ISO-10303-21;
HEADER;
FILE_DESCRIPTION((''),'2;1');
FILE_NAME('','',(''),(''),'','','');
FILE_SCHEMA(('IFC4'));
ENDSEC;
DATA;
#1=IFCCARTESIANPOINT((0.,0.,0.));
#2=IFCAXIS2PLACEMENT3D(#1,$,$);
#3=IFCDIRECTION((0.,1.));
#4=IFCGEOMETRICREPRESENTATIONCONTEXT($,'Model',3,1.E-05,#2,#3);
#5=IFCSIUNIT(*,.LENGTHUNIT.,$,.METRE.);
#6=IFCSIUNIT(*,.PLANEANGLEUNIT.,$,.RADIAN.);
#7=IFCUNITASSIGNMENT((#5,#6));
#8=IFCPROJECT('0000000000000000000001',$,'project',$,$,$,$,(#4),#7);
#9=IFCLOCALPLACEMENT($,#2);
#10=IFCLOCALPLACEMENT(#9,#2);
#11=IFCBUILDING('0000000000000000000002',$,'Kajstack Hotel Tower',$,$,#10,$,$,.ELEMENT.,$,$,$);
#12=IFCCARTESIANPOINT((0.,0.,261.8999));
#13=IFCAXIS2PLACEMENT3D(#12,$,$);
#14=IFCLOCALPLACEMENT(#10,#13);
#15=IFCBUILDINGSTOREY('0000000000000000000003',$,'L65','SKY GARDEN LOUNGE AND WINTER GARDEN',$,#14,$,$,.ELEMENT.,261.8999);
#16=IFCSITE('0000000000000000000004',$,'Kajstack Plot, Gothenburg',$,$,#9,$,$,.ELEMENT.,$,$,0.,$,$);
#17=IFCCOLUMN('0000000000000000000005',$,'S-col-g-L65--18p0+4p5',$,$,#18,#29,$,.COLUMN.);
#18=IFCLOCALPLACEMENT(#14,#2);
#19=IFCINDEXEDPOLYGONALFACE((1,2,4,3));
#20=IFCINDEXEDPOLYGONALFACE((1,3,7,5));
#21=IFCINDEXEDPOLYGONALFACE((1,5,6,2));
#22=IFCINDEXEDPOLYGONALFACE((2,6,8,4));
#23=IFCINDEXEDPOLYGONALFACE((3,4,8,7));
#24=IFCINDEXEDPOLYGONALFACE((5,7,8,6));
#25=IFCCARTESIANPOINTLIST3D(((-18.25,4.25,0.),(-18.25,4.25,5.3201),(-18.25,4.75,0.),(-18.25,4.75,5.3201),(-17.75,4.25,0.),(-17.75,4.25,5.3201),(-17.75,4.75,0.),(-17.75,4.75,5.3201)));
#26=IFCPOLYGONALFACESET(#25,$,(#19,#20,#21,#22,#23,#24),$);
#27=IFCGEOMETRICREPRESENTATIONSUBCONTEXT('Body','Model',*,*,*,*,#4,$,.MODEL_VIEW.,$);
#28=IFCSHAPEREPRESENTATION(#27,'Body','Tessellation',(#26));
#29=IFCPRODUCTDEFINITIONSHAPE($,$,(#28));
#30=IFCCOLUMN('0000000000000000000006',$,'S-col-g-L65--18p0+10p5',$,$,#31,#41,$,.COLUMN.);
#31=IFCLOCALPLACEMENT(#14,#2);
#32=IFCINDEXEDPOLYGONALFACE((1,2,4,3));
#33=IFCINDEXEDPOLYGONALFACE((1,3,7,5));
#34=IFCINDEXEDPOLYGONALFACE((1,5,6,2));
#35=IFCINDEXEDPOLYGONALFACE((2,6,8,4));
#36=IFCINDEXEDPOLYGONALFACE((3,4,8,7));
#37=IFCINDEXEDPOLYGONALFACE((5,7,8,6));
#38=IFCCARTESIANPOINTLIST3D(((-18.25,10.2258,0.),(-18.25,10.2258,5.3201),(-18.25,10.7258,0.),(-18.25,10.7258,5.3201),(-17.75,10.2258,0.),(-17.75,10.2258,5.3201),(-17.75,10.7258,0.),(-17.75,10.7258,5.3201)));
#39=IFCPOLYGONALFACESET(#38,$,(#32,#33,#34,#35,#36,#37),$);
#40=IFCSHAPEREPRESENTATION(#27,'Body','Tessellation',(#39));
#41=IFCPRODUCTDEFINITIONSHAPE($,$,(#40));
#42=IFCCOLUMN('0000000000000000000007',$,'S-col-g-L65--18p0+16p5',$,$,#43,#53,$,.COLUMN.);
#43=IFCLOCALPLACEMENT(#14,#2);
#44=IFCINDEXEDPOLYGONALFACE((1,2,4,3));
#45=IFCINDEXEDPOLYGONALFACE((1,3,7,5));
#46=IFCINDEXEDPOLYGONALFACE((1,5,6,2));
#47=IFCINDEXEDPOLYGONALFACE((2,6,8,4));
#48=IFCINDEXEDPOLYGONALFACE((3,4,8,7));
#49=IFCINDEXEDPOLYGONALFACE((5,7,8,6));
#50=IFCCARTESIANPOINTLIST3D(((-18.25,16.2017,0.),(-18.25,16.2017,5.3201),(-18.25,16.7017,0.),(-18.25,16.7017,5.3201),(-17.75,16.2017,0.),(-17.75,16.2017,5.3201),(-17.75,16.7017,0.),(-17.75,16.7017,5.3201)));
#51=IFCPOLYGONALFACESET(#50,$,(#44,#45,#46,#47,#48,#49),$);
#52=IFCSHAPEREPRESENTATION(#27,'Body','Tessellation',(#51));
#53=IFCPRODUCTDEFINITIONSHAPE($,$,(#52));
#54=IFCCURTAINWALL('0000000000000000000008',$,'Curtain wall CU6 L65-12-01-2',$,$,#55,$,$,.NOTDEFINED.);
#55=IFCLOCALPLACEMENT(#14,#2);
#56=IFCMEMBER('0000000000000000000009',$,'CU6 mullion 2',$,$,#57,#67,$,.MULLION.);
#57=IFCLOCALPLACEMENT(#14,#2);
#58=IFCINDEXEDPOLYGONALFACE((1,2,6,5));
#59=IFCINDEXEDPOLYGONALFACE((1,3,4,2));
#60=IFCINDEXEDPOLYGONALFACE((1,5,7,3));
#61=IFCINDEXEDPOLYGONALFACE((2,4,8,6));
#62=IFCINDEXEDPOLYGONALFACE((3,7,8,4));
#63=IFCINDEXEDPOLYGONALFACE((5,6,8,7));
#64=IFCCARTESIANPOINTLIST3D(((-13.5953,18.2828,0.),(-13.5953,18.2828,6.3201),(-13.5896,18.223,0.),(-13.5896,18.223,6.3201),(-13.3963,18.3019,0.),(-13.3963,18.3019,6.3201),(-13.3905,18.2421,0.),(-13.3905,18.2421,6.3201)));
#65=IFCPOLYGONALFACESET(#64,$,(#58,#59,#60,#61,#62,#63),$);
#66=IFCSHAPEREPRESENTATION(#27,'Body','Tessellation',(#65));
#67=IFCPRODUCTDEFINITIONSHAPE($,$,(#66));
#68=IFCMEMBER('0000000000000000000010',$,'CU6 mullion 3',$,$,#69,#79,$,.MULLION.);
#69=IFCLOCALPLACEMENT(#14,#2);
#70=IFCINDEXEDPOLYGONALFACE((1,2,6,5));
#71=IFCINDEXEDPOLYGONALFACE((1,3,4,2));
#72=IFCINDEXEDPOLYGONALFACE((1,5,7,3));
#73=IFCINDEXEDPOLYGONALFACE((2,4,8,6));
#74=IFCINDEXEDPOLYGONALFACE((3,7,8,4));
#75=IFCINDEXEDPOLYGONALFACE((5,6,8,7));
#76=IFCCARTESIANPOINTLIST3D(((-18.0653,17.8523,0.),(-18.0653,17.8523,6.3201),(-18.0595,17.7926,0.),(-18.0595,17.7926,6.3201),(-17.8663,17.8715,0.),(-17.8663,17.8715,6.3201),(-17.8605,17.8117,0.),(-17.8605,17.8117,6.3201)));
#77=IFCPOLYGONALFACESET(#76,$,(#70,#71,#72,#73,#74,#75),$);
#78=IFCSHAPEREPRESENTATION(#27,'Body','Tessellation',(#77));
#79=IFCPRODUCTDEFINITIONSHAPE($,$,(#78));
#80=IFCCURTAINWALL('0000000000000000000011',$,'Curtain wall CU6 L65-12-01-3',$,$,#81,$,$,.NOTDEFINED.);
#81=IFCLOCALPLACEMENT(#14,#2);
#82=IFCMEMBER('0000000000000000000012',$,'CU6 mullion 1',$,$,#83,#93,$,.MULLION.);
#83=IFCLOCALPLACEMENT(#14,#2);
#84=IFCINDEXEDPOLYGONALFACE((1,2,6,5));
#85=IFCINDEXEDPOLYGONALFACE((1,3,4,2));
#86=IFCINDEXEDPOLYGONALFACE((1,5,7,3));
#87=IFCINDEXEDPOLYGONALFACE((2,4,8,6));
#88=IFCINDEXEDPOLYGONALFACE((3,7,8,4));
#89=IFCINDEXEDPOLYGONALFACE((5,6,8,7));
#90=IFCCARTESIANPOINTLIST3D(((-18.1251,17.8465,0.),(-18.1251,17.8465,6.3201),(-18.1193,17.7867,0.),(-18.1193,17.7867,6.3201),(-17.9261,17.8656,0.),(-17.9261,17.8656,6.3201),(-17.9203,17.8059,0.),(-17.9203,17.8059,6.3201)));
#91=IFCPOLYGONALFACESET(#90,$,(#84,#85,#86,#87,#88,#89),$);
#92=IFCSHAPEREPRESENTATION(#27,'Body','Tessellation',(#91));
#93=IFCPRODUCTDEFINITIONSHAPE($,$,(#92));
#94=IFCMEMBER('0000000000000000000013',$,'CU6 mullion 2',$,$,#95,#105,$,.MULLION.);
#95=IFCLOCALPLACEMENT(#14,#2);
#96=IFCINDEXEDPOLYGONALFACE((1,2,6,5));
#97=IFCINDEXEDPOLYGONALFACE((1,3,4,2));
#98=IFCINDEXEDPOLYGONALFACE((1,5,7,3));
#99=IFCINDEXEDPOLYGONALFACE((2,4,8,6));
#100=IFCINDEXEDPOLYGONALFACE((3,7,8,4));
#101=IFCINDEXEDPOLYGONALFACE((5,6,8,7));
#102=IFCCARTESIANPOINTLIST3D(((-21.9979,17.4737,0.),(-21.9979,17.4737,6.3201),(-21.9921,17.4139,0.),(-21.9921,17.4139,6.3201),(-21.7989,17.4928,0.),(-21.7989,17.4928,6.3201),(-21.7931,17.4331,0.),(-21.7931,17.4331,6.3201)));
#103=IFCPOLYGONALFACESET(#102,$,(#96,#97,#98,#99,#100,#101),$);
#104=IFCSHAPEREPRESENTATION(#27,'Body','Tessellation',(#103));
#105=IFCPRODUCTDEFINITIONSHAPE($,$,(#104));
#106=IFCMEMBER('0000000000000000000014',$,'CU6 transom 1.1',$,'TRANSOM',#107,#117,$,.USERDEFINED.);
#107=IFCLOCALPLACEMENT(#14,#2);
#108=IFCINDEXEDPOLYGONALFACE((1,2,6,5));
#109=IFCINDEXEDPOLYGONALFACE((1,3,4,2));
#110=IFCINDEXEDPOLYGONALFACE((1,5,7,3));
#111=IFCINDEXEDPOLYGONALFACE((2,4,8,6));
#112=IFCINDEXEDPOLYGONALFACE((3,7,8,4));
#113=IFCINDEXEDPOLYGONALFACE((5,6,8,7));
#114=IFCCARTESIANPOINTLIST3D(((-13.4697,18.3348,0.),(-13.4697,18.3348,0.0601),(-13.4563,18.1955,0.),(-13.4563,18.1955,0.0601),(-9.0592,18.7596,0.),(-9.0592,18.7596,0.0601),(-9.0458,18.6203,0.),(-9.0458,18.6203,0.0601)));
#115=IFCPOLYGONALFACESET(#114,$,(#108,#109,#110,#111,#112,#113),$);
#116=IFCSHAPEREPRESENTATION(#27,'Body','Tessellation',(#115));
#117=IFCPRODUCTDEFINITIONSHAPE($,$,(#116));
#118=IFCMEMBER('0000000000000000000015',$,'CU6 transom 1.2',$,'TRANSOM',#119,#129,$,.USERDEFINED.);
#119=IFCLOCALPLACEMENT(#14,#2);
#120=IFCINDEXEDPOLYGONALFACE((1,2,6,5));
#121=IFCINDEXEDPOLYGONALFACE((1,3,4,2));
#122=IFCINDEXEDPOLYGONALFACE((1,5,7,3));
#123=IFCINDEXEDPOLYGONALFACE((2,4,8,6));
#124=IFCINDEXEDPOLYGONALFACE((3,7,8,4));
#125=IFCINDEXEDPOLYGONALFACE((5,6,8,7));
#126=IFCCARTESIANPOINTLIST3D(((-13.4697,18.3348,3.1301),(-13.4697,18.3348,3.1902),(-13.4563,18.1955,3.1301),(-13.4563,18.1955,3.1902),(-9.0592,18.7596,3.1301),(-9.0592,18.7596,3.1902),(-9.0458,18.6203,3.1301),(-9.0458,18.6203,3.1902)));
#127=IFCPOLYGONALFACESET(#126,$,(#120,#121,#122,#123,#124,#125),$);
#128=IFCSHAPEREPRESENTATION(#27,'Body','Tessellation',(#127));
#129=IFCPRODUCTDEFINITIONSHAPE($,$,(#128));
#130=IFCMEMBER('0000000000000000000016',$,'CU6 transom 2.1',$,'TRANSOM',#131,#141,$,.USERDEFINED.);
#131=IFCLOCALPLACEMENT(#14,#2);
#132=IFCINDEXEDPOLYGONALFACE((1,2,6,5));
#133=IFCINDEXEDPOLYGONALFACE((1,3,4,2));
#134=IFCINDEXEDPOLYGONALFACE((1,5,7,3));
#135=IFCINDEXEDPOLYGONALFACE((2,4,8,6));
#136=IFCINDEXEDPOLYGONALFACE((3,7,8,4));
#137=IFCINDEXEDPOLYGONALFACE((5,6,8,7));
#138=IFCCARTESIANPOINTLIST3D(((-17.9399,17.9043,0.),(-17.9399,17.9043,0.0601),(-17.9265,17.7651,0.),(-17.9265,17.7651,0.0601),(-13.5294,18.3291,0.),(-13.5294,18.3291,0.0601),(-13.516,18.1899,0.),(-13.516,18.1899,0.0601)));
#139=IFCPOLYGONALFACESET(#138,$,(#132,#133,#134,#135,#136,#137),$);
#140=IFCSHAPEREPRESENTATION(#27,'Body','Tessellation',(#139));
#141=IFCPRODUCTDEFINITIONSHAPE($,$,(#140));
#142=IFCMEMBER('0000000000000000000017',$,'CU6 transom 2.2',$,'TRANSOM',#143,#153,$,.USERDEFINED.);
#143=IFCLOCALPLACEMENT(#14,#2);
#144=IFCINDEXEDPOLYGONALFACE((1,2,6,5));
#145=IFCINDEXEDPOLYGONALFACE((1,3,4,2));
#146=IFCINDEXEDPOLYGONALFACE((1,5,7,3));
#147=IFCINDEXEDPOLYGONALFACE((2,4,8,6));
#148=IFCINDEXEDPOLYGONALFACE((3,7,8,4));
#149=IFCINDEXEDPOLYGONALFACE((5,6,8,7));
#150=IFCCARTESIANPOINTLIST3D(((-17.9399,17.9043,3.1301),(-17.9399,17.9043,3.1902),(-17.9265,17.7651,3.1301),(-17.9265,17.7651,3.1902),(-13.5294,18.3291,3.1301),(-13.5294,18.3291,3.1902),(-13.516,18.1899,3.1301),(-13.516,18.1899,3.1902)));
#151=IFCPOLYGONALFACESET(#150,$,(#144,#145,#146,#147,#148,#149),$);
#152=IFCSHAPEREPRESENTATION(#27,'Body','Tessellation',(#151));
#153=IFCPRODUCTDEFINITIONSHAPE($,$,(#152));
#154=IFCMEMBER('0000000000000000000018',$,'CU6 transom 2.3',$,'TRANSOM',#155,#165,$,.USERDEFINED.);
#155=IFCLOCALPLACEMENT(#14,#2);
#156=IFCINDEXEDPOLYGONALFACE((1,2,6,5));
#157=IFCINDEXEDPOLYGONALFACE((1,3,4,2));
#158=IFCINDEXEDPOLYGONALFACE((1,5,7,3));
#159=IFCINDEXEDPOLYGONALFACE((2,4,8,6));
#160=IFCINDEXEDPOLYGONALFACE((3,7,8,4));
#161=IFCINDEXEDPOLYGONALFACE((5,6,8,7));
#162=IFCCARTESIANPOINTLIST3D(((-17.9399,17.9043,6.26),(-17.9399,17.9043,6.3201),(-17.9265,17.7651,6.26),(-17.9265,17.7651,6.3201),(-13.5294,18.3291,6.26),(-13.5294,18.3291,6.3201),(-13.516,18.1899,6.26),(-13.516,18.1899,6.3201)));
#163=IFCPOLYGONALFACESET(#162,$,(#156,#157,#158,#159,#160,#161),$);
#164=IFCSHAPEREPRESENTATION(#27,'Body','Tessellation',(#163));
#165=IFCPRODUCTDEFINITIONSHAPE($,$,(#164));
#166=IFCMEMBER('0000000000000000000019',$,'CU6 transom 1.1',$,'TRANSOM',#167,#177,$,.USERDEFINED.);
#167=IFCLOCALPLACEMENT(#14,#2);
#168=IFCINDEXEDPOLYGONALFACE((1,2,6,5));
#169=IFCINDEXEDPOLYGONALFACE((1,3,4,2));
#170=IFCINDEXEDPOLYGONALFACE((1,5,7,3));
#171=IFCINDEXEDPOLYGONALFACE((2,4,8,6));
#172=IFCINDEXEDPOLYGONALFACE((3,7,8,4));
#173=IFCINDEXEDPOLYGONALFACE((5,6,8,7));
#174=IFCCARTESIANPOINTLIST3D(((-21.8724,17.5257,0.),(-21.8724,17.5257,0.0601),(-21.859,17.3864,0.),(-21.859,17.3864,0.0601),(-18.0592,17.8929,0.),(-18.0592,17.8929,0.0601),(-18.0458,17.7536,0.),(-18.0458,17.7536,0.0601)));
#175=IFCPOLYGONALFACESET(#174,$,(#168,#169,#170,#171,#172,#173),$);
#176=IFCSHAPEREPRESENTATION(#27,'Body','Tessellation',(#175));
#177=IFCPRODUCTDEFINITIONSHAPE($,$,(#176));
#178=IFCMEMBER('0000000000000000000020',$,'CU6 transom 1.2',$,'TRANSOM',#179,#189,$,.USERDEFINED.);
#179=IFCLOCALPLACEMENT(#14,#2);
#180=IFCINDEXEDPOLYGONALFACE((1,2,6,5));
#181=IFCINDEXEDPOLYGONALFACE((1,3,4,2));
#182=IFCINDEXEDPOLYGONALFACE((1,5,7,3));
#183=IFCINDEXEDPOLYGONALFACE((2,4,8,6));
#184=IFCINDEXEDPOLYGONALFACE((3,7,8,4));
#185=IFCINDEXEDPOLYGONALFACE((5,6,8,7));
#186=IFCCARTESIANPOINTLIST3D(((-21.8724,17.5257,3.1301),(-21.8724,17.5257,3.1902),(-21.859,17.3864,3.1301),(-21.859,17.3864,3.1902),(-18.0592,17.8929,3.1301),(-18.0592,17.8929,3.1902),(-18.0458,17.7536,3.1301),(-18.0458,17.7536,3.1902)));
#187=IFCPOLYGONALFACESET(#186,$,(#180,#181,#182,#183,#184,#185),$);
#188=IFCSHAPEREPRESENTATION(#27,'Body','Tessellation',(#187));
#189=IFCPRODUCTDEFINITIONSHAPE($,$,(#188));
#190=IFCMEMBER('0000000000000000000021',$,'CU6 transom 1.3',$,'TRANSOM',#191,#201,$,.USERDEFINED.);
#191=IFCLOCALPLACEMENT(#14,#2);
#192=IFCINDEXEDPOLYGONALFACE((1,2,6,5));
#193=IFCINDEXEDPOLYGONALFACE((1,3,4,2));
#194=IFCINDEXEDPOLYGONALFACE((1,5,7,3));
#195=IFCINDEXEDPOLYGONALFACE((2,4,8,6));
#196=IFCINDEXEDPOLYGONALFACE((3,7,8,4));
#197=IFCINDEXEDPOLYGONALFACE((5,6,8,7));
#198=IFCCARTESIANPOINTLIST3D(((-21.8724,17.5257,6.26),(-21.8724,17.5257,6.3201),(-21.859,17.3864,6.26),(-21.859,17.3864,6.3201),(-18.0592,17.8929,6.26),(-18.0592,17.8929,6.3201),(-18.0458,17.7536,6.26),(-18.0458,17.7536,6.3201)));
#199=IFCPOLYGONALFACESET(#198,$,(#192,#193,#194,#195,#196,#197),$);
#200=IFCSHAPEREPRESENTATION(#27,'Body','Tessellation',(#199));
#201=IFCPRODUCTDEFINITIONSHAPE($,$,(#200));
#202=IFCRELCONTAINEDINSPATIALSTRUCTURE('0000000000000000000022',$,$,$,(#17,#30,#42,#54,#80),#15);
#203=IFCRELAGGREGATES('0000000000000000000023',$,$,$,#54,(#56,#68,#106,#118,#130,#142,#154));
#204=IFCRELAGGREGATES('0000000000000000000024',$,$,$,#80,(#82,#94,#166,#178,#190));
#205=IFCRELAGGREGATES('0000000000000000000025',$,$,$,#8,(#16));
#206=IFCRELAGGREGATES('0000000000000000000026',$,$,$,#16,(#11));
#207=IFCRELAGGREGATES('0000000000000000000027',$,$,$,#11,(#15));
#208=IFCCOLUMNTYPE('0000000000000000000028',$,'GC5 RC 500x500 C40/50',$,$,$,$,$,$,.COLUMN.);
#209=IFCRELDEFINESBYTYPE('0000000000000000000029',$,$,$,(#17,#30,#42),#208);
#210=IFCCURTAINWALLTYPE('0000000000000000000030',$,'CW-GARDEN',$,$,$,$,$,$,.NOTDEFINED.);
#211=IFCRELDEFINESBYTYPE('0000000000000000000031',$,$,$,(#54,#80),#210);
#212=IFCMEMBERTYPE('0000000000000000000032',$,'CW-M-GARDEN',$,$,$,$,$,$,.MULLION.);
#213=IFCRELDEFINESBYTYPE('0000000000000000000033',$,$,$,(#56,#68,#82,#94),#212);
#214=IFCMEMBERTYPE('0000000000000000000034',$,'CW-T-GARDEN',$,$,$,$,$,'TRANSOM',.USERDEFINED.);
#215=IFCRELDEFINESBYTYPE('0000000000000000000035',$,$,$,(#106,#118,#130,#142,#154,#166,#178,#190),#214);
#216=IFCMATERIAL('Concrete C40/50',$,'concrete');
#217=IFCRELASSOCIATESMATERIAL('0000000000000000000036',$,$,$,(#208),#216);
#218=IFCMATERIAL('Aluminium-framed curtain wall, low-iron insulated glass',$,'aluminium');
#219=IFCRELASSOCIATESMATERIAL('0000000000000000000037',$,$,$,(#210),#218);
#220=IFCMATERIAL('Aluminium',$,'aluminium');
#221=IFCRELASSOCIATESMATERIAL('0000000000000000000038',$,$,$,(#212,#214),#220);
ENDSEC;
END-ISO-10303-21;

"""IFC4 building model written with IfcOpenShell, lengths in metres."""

from ifc_helpers import new_model, si_unit, direction, frame, origin, origin_2d, place, context, subcontext, project, spatial, rectangle, extrude, material, material_profile, profile_set, type_object, element, aggregate, save


model = new_model("IFC4")

# Units and contexts
model_context = context("Model", 3, precision=1e-05, world=origin(), true_north=direction((0.0, 1.0)))
body_context = subcontext(model_context, "Body", "Model", "MODEL_VIEW")
ifc_project = project(units=[si_unit("LENGTHUNIT", "METRE"), si_unit("PLANEANGLEUNIT", "RADIAN")], contexts=[model_context])

# Site, building, storey
site_placement = place(None, origin())
site = spatial("IfcSite", under=ifc_project, at=site_placement, Name="Kajstack Plot, Gothenburg", CompositionType="ELEMENT", RefElevation=0.0)
building_placement = place(site_placement, origin())
building = spatial("IfcBuilding", under=site, at=building_placement, Name="Kajstack Hotel Tower", CompositionType="ELEMENT")
storey_placement = place(building_placement, frame((0.0, 0.0, 261.8999)))
storey = spatial("IfcBuildingStorey", under=building, at=storey_placement, Name="L65", Description="SKY GARDEN LOUNGE AND WINTER GARDEN", CompositionType="ELEMENT", Elevation=261.8999)

# Columns
ifc_material_1 = material(Name="Concrete C40/50", Category="concrete")
ifc_material_profile_1 = material_profile(ifc_material_1, rectangle(XDim=0.5, YDim=0.5, at=origin_2d()), Name="RC 500x500")
ifc_profile_set_1 = profile_set([ifc_material_profile_1], Name="Concrete C40/50")
column_type = type_object("IfcColumnType", Name="GC5 RC 500x500 C40/50", PredefinedType="COLUMN", material=ifc_profile_set_1)
for number, where, z_axis, x_axis, name in (
    (1, (-18.0, 4.5, 0.0), (0.0, 0.0, 1.0), (1.0, 0.0, 0.0), "S-col-g-L65--18p0+4p5"),
    (2, (-18.0, 10.4758, 0.0), (0.0, 0.0, 1.0), (1.0, 0.0, 0.0), "S-col-g-L65--18p0+10p5"),
    (3, (-18.0, 16.4517, 0.0), (0.0, 0.0, 1.0), (1.0, 0.0, 0.0), "S-col-g-L65--18p0+16p5"),
):
    element("IfcColumn", number, at=place(storey_placement, frame(where, z_axis=z_axis, x_axis=x_axis)), inside=storey, type_object=column_type, Name=name, PredefinedType="COLUMN", context=body_context, shape_type="SweptSolid", body=[
        extrude(rectangle(XDim=0.5, YDim=0.5, at=origin_2d()), origin(), (0.0, 0.0, 1.0), 5.3201),
    ])

# Curtain walls, members
ifc_material_2 = material(Name="Aluminium-framed curtain wall, low-iron insulated glass", Category="aluminium")
curtain_wall_type = type_object("IfcCurtainWallType", Name="CW-GARDEN", PredefinedType="NOTDEFINED", material=ifc_material_2)
curtain_wall_1_placement = place(storey_placement, origin())
curtain_wall_1 = element("IfcCurtainWall", 4, at=curtain_wall_1_placement, inside=storey, type_object=curtain_wall_type, Name="Curtain wall CU6 L65-12-01-2", PredefinedType="NOTDEFINED")
ifc_material_3 = material(Name="Aluminium", Category="aluminium")
ifc_material_profile_2 = material_profile(ifc_material_3, rectangle(XDim=0.0601, YDim=0.2, at=origin_2d()), Name="Aluminium mullion 60 x 200")
ifc_profile_set_2 = profile_set([ifc_material_profile_2], Name="Aluminium")
member_type_1 = type_object("IfcMemberType", Name="CW-M-GARDEN", PredefinedType="MULLION", material=ifc_profile_set_2)
member_1_placement = place(storey_placement, frame((-13.4929, 18.2625, 0.0), z_axis=(0.0, 0.0, 1.0), x_axis=(0.095846, -0.995396, 0.0)))
member_1 = element("IfcMember", 5, at=member_1_placement, type_object=member_type_1, Name="CU6 mullion 2", PredefinedType="MULLION", context=body_context, shape_type="SweptSolid", body=[
    extrude(rectangle(XDim=0.0601, YDim=0.2, at=origin_2d()), origin(), (0.0, 0.0, 1.0), 6.3201),
])
member_2_placement = place(storey_placement, frame((-17.9629, 17.832, 0.0), z_axis=(0.0, 0.0, 1.0), x_axis=(0.095846, -0.995396, 0.0)))
member_2 = element("IfcMember", 6, at=member_2_placement, type_object=member_type_1, Name="CU6 mullion 3", PredefinedType="MULLION", context=body_context, shape_type="SweptSolid", body=[
    extrude(rectangle(XDim=0.0601, YDim=0.2, at=origin_2d()), origin(), (0.0, 0.0, 1.0), 6.3201),
])
curtain_wall_2_placement = place(storey_placement, origin())
curtain_wall_2 = element("IfcCurtainWall", 7, at=curtain_wall_2_placement, inside=storey, type_object=curtain_wall_type, Name="Curtain wall CU6 L65-12-01-3", PredefinedType="NOTDEFINED")
member_3_placement = place(storey_placement, frame((-18.0227, 17.8262, 0.0), z_axis=(0.0, 0.0, 1.0), x_axis=(0.095846, -0.995396, 0.0)))
member_3 = element("IfcMember", 8, at=member_3_placement, type_object=member_type_1, Name="CU6 mullion 1", PredefinedType="MULLION", context=body_context, shape_type="SweptSolid", body=[
    extrude(rectangle(XDim=0.0601, YDim=0.2, at=origin_2d()), origin(), (0.0, 0.0, 1.0), 6.3201),
])
member_4_placement = place(storey_placement, frame((-21.8955, 17.4534, 0.0), z_axis=(0.0, 0.0, 1.0), x_axis=(0.095846, -0.995396, 0.0)))
member_4 = element("IfcMember", 9, at=member_4_placement, type_object=member_type_1, Name="CU6 mullion 2", PredefinedType="MULLION", context=body_context, shape_type="SweptSolid", body=[
    extrude(rectangle(XDim=0.0601, YDim=0.2, at=origin_2d()), origin(), (0.0, 0.0, 1.0), 6.3201),
])

# Members
ifc_material_profile_3 = material_profile(ifc_material_3, rectangle(XDim=0.1399, YDim=0.0601, at=origin_2d()), Name="Aluminium transom 140 x 60")
ifc_profile_set_3 = profile_set([ifc_material_profile_3], Name="Aluminium")
member_type_2 = type_object("IfcMemberType", Name="CW-T-GARDEN", ElementType="TRANSOM", PredefinedType="USERDEFINED", material=ifc_profile_set_3)
member_5_placement = place(storey_placement, frame((-9.0525, 18.6899, 0.03), z_axis=(-0.995393, -0.095875, 0.0), x_axis=(0.095875, -0.995393, 0.0)))
member_5 = element("IfcMember", 10, at=member_5_placement, type_object=member_type_2, Name="CU6 transom 1.1", ObjectType="TRANSOM", PredefinedType="USERDEFINED", context=body_context, shape_type="SweptSolid", body=[
    extrude(rectangle(XDim=0.1399, YDim=0.0601, at=origin_2d()), origin(), (0.0, 0.0, 1.0), 4.4309),
])
member_6_placement = place(storey_placement, frame((-9.0525, 18.6899, 3.1602), z_axis=(-0.995393, -0.095875, 0.0), x_axis=(0.095875, -0.995393, 0.0)))
member_6 = element("IfcMember", 11, at=member_6_placement, type_object=member_type_2, Name="CU6 transom 1.2", ObjectType="TRANSOM", PredefinedType="USERDEFINED", context=body_context, shape_type="SweptSolid", body=[
    extrude(rectangle(XDim=0.1399, YDim=0.0601, at=origin_2d()), origin(), (0.0, 0.0, 1.0), 4.4309),
])
member_7_placement = place(storey_placement, frame((-13.5227, 18.2595, 0.03), z_axis=(-0.995393, -0.095875, 0.0), x_axis=(0.095875, -0.995393, 0.0)))
member_7 = element("IfcMember", 12, at=member_7_placement, type_object=member_type_2, Name="CU6 transom 2.1", ObjectType="TRANSOM", PredefinedType="USERDEFINED", context=body_context, shape_type="SweptSolid", body=[
    extrude(rectangle(XDim=0.1399, YDim=0.0601, at=origin_2d()), origin(), (0.0, 0.0, 1.0), 4.4309),
])
member_8_placement = place(storey_placement, frame((-13.5227, 18.2595, 3.1602), z_axis=(-0.995393, -0.095875, 0.0), x_axis=(0.095875, -0.995393, 0.0)))
member_8 = element("IfcMember", 13, at=member_8_placement, type_object=member_type_2, Name="CU6 transom 2.2", ObjectType="TRANSOM", PredefinedType="USERDEFINED", context=body_context, shape_type="SweptSolid", body=[
    extrude(rectangle(XDim=0.1399, YDim=0.0601, at=origin_2d()), origin(), (0.0, 0.0, 1.0), 4.4309),
])
member_9_placement = place(storey_placement, frame((-13.5227, 18.2595, 6.29), z_axis=(-0.995393, -0.095875, 0.0), x_axis=(0.095875, -0.995393, 0.0)))
member_9 = element("IfcMember", 14, at=member_9_placement, type_object=member_type_2, Name="CU6 transom 2.3", ObjectType="TRANSOM", PredefinedType="USERDEFINED", context=body_context, shape_type="SweptSolid", body=[
    extrude(rectangle(XDim=0.1399, YDim=0.0601, at=origin_2d()), origin(), (0.0, 0.0, 1.0), 4.4309),
])
member_10_placement = place(storey_placement, frame((-18.0525, 17.8232, 0.03), z_axis=(-0.995396, -0.09585, 0.0), x_axis=(0.09585, -0.995396, 0.0)))
member_10 = element("IfcMember", 15, at=member_10_placement, type_object=member_type_2, Name="CU6 transom 1.1", ObjectType="TRANSOM", PredefinedType="USERDEFINED", context=body_context, shape_type="SweptSolid", body=[
    extrude(rectangle(XDim=0.1399, YDim=0.0601, at=origin_2d()), origin(), (0.0, 0.0, 1.0), 3.8308),
])
member_11_placement = place(storey_placement, frame((-18.0525, 17.8232, 3.1602), z_axis=(-0.995396, -0.09585, 0.0), x_axis=(0.09585, -0.995396, 0.0)))
member_11 = element("IfcMember", 16, at=member_11_placement, type_object=member_type_2, Name="CU6 transom 1.2", ObjectType="TRANSOM", PredefinedType="USERDEFINED", context=body_context, shape_type="SweptSolid", body=[
    extrude(rectangle(XDim=0.1399, YDim=0.0601, at=origin_2d()), origin(), (0.0, 0.0, 1.0), 3.8308),
])
member_12_placement = place(storey_placement, frame((-18.0525, 17.8232, 6.29), z_axis=(-0.995396, -0.09585, 0.0), x_axis=(0.09585, -0.995396, 0.0)))
member_12 = element("IfcMember", 17, at=member_12_placement, type_object=member_type_2, Name="CU6 transom 1.3", ObjectType="TRANSOM", PredefinedType="USERDEFINED", context=body_context, shape_type="SweptSolid", body=[
    extrude(rectangle(XDim=0.1399, YDim=0.0601, at=origin_2d()), origin(), (0.0, 0.0, 1.0), 3.8308),
])

aggregate(curtain_wall_1, [member_1, member_2, member_5, member_6, member_7, member_8, member_9])
aggregate(curtain_wall_2, [member_3, member_4, member_10, member_11, member_12])

save(model, "model.ifc")
